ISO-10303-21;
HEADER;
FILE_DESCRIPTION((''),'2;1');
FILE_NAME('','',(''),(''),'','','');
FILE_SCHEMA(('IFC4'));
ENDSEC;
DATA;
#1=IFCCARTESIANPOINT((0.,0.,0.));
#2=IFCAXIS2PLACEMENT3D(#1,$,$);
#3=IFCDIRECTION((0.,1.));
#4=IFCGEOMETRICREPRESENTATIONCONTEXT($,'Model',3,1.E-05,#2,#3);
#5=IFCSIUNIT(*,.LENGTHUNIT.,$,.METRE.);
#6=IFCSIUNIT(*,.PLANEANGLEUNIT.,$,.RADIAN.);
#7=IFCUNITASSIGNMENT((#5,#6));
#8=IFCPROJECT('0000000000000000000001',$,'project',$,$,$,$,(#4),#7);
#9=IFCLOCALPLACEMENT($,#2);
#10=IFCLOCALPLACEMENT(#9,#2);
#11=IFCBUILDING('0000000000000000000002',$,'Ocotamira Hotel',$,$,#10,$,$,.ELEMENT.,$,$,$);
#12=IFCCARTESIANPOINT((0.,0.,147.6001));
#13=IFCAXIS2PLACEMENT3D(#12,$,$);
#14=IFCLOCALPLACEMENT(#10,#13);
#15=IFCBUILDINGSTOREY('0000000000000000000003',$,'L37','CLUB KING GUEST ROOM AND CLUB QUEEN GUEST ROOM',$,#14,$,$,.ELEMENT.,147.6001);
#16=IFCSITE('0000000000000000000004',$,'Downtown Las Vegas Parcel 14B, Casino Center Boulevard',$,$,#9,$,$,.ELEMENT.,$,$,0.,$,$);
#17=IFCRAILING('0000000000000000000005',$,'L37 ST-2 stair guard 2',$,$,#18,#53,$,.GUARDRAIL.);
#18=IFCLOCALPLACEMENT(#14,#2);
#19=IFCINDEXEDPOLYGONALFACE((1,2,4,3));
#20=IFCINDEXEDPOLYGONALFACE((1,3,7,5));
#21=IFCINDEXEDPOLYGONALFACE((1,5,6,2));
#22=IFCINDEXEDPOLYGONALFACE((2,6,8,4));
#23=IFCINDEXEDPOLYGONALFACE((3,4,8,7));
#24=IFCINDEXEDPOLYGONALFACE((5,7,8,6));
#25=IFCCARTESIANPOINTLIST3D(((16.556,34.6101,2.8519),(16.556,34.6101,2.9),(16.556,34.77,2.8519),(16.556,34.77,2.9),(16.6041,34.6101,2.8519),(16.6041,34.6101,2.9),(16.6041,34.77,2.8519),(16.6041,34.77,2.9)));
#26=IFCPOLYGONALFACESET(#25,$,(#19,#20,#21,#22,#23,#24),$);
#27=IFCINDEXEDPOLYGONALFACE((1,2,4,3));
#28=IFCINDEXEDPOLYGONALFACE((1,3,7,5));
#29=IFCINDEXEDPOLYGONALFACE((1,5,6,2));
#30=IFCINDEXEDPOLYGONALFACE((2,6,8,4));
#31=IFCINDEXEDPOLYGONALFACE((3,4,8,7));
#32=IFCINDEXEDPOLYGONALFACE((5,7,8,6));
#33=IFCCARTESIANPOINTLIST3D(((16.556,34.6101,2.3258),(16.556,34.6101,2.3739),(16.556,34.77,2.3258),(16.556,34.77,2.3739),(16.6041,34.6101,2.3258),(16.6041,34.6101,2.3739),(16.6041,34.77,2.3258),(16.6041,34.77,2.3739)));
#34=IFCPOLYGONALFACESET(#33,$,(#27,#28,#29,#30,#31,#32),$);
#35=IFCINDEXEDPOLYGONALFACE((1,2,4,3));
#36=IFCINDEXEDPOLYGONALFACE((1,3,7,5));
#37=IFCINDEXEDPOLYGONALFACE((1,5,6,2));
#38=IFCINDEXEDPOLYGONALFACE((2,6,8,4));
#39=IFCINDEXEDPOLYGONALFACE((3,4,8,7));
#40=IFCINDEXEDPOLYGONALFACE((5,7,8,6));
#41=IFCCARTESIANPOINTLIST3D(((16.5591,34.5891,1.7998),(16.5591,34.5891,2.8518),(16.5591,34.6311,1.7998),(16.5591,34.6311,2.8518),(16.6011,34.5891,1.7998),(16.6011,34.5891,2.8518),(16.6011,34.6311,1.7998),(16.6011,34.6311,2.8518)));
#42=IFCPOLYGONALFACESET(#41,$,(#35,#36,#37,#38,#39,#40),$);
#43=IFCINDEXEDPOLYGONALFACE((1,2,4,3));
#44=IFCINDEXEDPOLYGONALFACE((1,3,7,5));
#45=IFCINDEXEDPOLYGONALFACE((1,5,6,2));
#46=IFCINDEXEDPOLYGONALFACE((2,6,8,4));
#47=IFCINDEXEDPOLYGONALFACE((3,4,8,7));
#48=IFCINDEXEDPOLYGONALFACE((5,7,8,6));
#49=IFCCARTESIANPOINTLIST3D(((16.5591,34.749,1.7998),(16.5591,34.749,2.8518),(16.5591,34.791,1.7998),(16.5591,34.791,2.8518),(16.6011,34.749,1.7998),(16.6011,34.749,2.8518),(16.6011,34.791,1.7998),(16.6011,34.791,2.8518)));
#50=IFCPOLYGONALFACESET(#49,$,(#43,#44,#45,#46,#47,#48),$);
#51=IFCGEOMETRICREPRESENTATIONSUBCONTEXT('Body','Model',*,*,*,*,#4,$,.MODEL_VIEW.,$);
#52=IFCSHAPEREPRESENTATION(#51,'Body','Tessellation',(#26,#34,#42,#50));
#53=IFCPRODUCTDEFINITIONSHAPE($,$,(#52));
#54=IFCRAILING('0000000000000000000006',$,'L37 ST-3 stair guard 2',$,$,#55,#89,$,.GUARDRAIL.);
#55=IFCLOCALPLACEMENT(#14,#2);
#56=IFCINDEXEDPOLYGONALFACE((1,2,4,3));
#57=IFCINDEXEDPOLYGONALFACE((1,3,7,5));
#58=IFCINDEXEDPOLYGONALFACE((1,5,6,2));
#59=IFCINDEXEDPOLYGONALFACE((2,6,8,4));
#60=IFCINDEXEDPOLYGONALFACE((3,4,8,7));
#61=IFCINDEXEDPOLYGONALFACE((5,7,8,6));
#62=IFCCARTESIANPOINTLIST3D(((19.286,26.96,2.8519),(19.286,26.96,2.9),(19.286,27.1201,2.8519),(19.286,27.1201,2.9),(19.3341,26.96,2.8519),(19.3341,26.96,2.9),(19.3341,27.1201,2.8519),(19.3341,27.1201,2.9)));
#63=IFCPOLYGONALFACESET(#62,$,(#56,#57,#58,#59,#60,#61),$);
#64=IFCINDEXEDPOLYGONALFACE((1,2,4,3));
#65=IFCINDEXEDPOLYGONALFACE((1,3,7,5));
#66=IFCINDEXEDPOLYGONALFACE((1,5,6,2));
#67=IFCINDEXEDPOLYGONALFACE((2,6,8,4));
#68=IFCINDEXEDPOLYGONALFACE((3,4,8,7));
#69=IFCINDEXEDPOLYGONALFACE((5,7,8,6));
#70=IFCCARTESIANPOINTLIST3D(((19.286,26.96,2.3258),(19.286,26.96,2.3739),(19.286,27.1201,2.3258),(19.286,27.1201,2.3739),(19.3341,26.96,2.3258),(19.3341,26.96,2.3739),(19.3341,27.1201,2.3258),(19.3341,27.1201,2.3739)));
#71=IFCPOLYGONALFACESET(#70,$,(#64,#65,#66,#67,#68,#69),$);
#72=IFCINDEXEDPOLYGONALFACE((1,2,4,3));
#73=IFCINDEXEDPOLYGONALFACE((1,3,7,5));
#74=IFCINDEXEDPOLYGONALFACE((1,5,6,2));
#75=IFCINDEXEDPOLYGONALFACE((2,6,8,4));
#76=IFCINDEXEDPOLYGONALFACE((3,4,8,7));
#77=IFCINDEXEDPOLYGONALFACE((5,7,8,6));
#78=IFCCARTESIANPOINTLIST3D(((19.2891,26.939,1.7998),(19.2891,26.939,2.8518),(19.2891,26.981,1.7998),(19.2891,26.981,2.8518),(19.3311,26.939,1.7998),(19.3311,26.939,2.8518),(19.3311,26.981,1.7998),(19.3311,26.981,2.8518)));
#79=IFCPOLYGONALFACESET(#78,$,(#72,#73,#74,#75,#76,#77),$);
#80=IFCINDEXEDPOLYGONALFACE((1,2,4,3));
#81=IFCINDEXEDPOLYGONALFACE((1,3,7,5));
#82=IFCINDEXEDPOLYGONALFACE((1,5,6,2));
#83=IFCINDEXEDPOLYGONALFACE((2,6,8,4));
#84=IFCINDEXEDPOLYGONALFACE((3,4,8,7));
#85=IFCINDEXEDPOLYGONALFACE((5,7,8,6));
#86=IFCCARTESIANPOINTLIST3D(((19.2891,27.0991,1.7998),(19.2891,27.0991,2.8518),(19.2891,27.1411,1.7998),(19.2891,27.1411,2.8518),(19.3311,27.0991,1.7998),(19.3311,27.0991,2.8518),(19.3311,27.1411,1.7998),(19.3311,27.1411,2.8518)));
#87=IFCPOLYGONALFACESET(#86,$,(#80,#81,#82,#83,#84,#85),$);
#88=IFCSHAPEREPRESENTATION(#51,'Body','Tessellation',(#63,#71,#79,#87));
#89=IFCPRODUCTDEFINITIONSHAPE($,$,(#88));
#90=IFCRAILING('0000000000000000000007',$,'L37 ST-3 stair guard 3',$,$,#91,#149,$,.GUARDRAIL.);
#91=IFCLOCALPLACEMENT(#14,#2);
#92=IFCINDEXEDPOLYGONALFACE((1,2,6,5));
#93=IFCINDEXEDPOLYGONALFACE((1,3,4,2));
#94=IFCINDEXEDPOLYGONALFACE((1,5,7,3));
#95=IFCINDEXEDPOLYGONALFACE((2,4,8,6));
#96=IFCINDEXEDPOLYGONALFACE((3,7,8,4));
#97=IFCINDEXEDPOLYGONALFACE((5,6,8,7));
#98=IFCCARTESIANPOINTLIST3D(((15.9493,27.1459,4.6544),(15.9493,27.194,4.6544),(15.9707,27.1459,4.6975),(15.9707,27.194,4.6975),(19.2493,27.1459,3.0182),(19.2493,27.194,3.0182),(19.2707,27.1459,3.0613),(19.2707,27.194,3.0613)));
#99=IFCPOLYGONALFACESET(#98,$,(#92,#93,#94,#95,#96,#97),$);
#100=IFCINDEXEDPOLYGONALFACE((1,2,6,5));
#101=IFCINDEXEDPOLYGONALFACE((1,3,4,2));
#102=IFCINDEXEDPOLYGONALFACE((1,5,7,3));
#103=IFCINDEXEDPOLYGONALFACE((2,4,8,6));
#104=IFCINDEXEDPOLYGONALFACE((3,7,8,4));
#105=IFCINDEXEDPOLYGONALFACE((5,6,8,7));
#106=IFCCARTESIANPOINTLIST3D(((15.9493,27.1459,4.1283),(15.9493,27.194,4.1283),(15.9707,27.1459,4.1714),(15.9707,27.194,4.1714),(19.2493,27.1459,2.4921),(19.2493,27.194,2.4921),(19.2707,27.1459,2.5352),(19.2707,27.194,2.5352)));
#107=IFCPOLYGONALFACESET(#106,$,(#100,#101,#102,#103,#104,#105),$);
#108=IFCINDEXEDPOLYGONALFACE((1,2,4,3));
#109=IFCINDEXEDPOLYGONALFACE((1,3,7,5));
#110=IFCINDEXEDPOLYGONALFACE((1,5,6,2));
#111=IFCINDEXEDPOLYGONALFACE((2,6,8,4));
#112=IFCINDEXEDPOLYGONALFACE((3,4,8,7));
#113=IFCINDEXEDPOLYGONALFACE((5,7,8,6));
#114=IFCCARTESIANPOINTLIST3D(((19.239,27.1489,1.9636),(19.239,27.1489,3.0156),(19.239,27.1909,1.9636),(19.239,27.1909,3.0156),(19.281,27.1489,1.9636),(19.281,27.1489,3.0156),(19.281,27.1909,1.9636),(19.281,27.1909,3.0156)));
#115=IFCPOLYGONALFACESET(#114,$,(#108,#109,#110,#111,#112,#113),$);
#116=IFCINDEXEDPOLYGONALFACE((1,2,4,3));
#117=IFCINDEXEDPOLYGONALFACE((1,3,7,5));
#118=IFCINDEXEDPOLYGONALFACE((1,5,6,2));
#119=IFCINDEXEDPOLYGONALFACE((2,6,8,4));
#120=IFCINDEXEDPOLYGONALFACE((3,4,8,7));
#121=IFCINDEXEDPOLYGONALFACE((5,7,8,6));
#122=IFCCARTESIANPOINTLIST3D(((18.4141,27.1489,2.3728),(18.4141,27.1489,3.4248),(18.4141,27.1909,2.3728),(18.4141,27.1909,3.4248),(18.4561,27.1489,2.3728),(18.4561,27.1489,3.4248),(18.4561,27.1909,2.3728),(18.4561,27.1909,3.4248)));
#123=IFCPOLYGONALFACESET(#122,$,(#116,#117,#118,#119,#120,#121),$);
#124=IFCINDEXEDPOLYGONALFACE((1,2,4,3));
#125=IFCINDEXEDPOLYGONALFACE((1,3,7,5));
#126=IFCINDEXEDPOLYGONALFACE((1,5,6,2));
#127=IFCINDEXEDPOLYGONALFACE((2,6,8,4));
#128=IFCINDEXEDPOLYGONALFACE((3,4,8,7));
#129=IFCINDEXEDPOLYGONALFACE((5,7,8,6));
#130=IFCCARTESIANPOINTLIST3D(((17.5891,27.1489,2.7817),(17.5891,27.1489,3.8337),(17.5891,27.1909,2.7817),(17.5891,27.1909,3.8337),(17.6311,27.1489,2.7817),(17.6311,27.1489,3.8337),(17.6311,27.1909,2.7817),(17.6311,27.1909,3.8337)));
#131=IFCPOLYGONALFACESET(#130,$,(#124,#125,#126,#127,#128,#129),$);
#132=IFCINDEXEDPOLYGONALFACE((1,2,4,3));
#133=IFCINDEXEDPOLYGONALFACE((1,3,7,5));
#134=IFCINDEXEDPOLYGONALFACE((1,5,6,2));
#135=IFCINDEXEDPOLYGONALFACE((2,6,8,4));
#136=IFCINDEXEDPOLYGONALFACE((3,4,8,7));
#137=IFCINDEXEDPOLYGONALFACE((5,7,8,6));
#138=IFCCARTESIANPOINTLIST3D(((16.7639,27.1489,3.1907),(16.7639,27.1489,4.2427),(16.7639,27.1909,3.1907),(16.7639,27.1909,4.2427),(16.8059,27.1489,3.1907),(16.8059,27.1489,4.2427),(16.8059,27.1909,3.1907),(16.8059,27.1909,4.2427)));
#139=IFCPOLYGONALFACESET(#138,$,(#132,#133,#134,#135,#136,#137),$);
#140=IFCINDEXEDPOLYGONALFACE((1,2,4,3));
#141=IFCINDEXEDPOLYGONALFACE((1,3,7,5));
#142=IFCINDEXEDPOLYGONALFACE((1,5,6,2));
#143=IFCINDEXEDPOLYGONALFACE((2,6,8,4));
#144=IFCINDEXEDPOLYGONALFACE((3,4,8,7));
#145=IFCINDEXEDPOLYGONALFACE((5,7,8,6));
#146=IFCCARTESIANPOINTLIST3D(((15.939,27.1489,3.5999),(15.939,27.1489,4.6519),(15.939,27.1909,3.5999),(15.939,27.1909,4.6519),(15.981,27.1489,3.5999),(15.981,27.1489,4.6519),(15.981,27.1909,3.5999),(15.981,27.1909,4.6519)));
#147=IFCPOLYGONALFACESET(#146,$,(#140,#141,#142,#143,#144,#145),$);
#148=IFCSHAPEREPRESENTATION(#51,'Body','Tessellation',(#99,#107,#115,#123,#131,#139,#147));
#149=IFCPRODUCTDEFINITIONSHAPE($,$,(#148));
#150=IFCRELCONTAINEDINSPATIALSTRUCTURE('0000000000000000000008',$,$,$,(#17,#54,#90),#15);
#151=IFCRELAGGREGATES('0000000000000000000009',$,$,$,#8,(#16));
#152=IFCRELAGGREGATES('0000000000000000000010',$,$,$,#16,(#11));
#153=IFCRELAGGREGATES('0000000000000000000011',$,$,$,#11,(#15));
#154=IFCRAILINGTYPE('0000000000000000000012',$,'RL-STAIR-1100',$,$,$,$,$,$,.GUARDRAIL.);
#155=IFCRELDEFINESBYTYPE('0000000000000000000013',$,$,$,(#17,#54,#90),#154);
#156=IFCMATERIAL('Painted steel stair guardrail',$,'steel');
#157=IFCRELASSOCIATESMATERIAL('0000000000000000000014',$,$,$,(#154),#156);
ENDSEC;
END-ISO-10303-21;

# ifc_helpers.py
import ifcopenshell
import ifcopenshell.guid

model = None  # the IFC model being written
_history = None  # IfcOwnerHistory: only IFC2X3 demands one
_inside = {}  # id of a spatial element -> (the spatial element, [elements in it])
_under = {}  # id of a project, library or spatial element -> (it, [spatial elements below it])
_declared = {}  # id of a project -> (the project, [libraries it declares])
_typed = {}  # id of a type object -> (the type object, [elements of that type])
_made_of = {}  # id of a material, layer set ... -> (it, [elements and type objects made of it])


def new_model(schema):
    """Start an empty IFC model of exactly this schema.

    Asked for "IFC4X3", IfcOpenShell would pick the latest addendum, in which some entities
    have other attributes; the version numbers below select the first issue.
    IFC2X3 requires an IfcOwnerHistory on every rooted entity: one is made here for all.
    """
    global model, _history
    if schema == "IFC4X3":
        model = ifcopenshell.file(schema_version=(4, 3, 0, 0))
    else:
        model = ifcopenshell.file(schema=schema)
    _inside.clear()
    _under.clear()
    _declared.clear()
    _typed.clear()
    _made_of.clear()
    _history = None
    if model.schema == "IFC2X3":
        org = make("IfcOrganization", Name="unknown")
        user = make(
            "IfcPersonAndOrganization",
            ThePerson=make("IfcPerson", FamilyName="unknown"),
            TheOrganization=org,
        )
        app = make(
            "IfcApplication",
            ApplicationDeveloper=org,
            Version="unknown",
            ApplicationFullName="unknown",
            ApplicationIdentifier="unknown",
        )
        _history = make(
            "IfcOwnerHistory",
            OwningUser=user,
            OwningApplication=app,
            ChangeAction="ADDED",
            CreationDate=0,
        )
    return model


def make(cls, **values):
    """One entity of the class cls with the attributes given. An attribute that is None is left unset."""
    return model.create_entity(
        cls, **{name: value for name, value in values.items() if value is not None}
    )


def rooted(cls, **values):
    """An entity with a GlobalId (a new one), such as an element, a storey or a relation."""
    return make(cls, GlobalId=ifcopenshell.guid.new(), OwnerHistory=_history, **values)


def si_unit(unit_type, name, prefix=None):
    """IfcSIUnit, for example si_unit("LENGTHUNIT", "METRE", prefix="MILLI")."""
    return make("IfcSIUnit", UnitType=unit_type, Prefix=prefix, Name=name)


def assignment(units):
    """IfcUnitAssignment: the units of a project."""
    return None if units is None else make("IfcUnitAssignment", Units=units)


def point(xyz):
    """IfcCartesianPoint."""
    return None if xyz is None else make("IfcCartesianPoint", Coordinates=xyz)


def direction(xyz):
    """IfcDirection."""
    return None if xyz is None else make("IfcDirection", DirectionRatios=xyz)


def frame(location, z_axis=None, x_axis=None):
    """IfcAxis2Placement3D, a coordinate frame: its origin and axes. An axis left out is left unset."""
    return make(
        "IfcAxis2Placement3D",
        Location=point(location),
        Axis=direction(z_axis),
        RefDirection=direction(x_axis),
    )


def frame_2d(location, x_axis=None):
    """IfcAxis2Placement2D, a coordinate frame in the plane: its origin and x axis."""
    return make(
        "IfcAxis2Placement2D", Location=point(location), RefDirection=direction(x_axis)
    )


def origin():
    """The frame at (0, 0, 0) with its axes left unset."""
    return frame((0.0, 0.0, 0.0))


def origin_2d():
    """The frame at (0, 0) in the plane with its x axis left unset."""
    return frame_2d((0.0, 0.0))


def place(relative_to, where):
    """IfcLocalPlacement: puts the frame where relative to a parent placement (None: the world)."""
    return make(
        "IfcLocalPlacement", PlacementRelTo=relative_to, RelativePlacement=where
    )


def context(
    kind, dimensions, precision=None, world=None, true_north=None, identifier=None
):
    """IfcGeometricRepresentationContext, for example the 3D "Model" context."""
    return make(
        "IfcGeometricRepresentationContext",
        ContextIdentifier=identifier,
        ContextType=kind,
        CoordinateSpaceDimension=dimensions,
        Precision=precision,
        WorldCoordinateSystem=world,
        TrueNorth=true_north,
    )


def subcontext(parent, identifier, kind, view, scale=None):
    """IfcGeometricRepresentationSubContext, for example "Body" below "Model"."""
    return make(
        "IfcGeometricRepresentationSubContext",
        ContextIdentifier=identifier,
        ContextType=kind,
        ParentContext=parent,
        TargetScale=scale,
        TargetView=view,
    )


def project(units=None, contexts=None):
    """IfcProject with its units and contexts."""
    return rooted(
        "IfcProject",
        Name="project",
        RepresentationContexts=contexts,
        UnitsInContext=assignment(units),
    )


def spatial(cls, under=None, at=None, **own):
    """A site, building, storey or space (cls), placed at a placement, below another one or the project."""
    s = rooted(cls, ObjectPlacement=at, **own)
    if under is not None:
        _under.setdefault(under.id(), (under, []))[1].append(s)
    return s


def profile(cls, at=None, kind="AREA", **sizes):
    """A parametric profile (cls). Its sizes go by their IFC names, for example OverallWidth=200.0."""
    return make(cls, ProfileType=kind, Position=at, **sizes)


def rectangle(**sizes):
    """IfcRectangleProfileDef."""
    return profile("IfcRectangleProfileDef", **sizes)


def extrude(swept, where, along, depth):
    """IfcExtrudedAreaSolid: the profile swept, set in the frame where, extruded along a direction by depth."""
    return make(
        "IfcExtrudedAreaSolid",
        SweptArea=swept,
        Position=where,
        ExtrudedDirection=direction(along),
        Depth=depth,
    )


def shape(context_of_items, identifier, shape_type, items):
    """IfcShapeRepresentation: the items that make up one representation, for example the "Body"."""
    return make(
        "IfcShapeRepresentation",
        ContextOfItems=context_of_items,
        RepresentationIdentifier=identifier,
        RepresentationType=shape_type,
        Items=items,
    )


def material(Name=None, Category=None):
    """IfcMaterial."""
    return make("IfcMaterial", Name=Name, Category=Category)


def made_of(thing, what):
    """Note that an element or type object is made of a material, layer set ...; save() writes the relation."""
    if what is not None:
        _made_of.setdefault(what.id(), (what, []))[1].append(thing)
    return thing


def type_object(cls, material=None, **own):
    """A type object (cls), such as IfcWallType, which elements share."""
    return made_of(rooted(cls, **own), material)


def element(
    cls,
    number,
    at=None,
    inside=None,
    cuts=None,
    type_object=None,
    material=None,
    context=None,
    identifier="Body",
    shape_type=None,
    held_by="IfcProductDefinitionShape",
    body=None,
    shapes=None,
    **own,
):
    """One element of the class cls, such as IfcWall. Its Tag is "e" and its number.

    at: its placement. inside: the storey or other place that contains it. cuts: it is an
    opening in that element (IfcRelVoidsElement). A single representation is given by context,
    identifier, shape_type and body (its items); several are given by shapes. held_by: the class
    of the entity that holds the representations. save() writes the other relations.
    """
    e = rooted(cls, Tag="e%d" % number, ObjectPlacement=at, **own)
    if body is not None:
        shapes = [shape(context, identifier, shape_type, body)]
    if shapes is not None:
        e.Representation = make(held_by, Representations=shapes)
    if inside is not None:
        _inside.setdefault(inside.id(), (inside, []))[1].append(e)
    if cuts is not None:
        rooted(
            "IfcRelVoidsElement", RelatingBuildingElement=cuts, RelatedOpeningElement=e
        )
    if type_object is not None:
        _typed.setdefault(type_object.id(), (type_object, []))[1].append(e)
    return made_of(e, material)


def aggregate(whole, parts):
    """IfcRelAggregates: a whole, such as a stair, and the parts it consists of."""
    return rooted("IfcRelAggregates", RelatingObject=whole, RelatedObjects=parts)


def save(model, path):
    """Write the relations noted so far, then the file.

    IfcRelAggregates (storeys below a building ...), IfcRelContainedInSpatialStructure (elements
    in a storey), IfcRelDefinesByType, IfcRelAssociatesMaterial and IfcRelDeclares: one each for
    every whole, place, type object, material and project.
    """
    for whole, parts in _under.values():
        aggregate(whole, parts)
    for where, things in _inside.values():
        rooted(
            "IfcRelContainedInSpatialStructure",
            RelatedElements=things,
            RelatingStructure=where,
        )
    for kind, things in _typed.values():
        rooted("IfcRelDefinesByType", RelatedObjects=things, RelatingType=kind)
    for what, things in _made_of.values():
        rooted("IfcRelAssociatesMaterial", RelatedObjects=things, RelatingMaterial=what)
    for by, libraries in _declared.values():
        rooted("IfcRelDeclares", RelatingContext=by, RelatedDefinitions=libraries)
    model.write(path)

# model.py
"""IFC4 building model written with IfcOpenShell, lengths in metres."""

from ifc_helpers import new_model, si_unit, direction, frame, origin, origin_2d, place, context, subcontext, project, spatial, rectangle, extrude, material, type_object, element, save


model = new_model("IFC4")

# Units and contexts
model_context = context("Model", 3, precision=1e-05, world=origin(), true_north=direction((0.0, 1.0)))
body_context = subcontext(model_context, "Body", "Model", "MODEL_VIEW")
ifc_project = project(units=[si_unit("LENGTHUNIT", "METRE"), si_unit("PLANEANGLEUNIT", "RADIAN")], contexts=[model_context])

# Site, building, storey
site_placement = place(None, origin())
site = spatial("IfcSite", under=ifc_project, at=site_placement, Name="Downtown Las Vegas Parcel 14B, Casino Center Boulevard", CompositionType="ELEMENT", RefElevation=0.0)
building_placement = place(site_placement, origin())
building = spatial("IfcBuilding", under=site, at=building_placement, Name="Ocotamira Hotel", CompositionType="ELEMENT")
storey_placement = place(building_placement, frame((0.0, 0.0, 147.6001)))
storey = spatial("IfcBuildingStorey", under=building, at=storey_placement, Name="L37", Description="CLUB KING GUEST ROOM AND CLUB QUEEN GUEST ROOM", CompositionType="ELEMENT", Elevation=147.6001)

# Railings
ifc_material_1 = material(Name="Painted steel stair guardrail", Category="steel")
railing_type_1 = type_object("IfcRailingType", Name="RL-STAIR-1100", PredefinedType="GUARDRAIL", material=ifc_material_1)
railing_1_placement = place(storey_placement, frame((16.5801, 34.6101, 1.7998)))
element("IfcRailing", 1, at=railing_1_placement, inside=storey, type_object=railing_type_1, Name="L37 ST-2 stair guard 2", PredefinedType="GUARDRAIL", context=body_context, shape_type="SweptSolid", body=[
    extrude(rectangle(XDim=0.0481, YDim=0.0481, at=origin_2d()), frame((0.0, 0.0, 1.0762), z_axis=(0.0, 1.0, 0.0), x_axis=(-1.0, 0.0, 0.0)), (0.0, 0.0, 1.0), 0.1599),
    extrude(rectangle(XDim=0.0481, YDim=0.0481, at=origin_2d()), frame((0.0, 0.0, 0.55), z_axis=(0.0, 1.0, 0.0), x_axis=(-1.0, 0.0, 0.0)), (0.0, 0.0, 1.0), 0.1599),
    extrude(rectangle(XDim=0.042, YDim=0.042, at=origin_2d()), origin(), (0.0, 0.0, 1.0), 1.052),
    extrude(rectangle(XDim=0.042, YDim=0.042, at=origin_2d()), frame((0.0, 0.1599, 0.0)), (0.0, 0.0, 1.0), 1.052),
])
railing_2_placement = place(storey_placement, frame((19.3101, 26.96, 1.7998)))
element("IfcRailing", 2, at=railing_2_placement, inside=storey, type_object=railing_type_1, Name="L37 ST-3 stair guard 2", PredefinedType="GUARDRAIL", context=body_context, shape_type="SweptSolid", body=[
    extrude(rectangle(XDim=0.0481, YDim=0.0481, at=origin_2d()), frame((0.0, 0.0, 1.0762), z_axis=(0.0, 1.0, 0.0), x_axis=(-1.0, 0.0, 0.0)), (0.0, 0.0, 1.0), 0.1602),
    extrude(rectangle(XDim=0.0481, YDim=0.0481, at=origin_2d()), frame((0.0, 0.0, 0.55), z_axis=(0.0, 1.0, 0.0), x_axis=(-1.0, 0.0, 0.0)), (0.0, 0.0, 1.0), 0.1602),
    extrude(rectangle(XDim=0.042, YDim=0.042, at=origin_2d()), origin(), (0.0, 0.0, 1.0), 1.052),
    extrude(rectangle(XDim=0.042, YDim=0.042, at=origin_2d()), frame((0.0, 0.1602, 0.0)), (0.0, 0.0, 1.0), 1.052),
])
railing_3_placement = place(storey_placement, frame((19.26, 27.1699, 1.9636)))
element("IfcRailing", 3, at=railing_3_placement, inside=storey, type_object=railing_type_1, Name="L37 ST-3 stair guard 3", PredefinedType="GUARDRAIL", context=body_context, shape_type="SweptSolid", body=[
    extrude(rectangle(XDim=0.0481, YDim=0.0481, at=origin_2d()), frame((0.0, 0.0, 1.0762), z_axis=(-0.89592, 0.0, 0.444215), x_axis=(0.0, -1.0, 0.0)), (0.0, 0.0, 1.0), 3.6833),
    extrude(rectangle(XDim=0.0481, YDim=0.0481, at=origin_2d()), frame((0.0, 0.0, 0.55), z_axis=(-0.89592, 0.0, 0.444215), x_axis=(0.0, -1.0, 0.0)), (0.0, 0.0, 1.0), 3.6833),
    extrude(rectangle(XDim=0.042, YDim=0.042, at=origin_2d()), origin(), (0.0, 0.0, 1.0), 1.052),
    extrude(rectangle(XDim=0.042, YDim=0.042, at=origin_2d()), frame((-0.825, 0.0, 0.4092)), (0.0, 0.0, 1.0), 1.052),
    extrude(rectangle(XDim=0.042, YDim=0.042, at=origin_2d()), frame((-1.6499, 0.0, 0.8181)), (0.0, 0.0, 1.0), 1.052),
    extrude(rectangle(XDim=0.042, YDim=0.042, at=origin_2d()), frame((-2.4751, 0.0, 1.2271)), (0.0, 0.0, 1.0), 1.052),
    extrude(rectangle(XDim=0.042, YDim=0.042, at=origin_2d()), frame((-3.3, 0.0, 1.6362)), (0.0, 0.0, 1.0), 1.052),
])

save(model, "model.ifc")
